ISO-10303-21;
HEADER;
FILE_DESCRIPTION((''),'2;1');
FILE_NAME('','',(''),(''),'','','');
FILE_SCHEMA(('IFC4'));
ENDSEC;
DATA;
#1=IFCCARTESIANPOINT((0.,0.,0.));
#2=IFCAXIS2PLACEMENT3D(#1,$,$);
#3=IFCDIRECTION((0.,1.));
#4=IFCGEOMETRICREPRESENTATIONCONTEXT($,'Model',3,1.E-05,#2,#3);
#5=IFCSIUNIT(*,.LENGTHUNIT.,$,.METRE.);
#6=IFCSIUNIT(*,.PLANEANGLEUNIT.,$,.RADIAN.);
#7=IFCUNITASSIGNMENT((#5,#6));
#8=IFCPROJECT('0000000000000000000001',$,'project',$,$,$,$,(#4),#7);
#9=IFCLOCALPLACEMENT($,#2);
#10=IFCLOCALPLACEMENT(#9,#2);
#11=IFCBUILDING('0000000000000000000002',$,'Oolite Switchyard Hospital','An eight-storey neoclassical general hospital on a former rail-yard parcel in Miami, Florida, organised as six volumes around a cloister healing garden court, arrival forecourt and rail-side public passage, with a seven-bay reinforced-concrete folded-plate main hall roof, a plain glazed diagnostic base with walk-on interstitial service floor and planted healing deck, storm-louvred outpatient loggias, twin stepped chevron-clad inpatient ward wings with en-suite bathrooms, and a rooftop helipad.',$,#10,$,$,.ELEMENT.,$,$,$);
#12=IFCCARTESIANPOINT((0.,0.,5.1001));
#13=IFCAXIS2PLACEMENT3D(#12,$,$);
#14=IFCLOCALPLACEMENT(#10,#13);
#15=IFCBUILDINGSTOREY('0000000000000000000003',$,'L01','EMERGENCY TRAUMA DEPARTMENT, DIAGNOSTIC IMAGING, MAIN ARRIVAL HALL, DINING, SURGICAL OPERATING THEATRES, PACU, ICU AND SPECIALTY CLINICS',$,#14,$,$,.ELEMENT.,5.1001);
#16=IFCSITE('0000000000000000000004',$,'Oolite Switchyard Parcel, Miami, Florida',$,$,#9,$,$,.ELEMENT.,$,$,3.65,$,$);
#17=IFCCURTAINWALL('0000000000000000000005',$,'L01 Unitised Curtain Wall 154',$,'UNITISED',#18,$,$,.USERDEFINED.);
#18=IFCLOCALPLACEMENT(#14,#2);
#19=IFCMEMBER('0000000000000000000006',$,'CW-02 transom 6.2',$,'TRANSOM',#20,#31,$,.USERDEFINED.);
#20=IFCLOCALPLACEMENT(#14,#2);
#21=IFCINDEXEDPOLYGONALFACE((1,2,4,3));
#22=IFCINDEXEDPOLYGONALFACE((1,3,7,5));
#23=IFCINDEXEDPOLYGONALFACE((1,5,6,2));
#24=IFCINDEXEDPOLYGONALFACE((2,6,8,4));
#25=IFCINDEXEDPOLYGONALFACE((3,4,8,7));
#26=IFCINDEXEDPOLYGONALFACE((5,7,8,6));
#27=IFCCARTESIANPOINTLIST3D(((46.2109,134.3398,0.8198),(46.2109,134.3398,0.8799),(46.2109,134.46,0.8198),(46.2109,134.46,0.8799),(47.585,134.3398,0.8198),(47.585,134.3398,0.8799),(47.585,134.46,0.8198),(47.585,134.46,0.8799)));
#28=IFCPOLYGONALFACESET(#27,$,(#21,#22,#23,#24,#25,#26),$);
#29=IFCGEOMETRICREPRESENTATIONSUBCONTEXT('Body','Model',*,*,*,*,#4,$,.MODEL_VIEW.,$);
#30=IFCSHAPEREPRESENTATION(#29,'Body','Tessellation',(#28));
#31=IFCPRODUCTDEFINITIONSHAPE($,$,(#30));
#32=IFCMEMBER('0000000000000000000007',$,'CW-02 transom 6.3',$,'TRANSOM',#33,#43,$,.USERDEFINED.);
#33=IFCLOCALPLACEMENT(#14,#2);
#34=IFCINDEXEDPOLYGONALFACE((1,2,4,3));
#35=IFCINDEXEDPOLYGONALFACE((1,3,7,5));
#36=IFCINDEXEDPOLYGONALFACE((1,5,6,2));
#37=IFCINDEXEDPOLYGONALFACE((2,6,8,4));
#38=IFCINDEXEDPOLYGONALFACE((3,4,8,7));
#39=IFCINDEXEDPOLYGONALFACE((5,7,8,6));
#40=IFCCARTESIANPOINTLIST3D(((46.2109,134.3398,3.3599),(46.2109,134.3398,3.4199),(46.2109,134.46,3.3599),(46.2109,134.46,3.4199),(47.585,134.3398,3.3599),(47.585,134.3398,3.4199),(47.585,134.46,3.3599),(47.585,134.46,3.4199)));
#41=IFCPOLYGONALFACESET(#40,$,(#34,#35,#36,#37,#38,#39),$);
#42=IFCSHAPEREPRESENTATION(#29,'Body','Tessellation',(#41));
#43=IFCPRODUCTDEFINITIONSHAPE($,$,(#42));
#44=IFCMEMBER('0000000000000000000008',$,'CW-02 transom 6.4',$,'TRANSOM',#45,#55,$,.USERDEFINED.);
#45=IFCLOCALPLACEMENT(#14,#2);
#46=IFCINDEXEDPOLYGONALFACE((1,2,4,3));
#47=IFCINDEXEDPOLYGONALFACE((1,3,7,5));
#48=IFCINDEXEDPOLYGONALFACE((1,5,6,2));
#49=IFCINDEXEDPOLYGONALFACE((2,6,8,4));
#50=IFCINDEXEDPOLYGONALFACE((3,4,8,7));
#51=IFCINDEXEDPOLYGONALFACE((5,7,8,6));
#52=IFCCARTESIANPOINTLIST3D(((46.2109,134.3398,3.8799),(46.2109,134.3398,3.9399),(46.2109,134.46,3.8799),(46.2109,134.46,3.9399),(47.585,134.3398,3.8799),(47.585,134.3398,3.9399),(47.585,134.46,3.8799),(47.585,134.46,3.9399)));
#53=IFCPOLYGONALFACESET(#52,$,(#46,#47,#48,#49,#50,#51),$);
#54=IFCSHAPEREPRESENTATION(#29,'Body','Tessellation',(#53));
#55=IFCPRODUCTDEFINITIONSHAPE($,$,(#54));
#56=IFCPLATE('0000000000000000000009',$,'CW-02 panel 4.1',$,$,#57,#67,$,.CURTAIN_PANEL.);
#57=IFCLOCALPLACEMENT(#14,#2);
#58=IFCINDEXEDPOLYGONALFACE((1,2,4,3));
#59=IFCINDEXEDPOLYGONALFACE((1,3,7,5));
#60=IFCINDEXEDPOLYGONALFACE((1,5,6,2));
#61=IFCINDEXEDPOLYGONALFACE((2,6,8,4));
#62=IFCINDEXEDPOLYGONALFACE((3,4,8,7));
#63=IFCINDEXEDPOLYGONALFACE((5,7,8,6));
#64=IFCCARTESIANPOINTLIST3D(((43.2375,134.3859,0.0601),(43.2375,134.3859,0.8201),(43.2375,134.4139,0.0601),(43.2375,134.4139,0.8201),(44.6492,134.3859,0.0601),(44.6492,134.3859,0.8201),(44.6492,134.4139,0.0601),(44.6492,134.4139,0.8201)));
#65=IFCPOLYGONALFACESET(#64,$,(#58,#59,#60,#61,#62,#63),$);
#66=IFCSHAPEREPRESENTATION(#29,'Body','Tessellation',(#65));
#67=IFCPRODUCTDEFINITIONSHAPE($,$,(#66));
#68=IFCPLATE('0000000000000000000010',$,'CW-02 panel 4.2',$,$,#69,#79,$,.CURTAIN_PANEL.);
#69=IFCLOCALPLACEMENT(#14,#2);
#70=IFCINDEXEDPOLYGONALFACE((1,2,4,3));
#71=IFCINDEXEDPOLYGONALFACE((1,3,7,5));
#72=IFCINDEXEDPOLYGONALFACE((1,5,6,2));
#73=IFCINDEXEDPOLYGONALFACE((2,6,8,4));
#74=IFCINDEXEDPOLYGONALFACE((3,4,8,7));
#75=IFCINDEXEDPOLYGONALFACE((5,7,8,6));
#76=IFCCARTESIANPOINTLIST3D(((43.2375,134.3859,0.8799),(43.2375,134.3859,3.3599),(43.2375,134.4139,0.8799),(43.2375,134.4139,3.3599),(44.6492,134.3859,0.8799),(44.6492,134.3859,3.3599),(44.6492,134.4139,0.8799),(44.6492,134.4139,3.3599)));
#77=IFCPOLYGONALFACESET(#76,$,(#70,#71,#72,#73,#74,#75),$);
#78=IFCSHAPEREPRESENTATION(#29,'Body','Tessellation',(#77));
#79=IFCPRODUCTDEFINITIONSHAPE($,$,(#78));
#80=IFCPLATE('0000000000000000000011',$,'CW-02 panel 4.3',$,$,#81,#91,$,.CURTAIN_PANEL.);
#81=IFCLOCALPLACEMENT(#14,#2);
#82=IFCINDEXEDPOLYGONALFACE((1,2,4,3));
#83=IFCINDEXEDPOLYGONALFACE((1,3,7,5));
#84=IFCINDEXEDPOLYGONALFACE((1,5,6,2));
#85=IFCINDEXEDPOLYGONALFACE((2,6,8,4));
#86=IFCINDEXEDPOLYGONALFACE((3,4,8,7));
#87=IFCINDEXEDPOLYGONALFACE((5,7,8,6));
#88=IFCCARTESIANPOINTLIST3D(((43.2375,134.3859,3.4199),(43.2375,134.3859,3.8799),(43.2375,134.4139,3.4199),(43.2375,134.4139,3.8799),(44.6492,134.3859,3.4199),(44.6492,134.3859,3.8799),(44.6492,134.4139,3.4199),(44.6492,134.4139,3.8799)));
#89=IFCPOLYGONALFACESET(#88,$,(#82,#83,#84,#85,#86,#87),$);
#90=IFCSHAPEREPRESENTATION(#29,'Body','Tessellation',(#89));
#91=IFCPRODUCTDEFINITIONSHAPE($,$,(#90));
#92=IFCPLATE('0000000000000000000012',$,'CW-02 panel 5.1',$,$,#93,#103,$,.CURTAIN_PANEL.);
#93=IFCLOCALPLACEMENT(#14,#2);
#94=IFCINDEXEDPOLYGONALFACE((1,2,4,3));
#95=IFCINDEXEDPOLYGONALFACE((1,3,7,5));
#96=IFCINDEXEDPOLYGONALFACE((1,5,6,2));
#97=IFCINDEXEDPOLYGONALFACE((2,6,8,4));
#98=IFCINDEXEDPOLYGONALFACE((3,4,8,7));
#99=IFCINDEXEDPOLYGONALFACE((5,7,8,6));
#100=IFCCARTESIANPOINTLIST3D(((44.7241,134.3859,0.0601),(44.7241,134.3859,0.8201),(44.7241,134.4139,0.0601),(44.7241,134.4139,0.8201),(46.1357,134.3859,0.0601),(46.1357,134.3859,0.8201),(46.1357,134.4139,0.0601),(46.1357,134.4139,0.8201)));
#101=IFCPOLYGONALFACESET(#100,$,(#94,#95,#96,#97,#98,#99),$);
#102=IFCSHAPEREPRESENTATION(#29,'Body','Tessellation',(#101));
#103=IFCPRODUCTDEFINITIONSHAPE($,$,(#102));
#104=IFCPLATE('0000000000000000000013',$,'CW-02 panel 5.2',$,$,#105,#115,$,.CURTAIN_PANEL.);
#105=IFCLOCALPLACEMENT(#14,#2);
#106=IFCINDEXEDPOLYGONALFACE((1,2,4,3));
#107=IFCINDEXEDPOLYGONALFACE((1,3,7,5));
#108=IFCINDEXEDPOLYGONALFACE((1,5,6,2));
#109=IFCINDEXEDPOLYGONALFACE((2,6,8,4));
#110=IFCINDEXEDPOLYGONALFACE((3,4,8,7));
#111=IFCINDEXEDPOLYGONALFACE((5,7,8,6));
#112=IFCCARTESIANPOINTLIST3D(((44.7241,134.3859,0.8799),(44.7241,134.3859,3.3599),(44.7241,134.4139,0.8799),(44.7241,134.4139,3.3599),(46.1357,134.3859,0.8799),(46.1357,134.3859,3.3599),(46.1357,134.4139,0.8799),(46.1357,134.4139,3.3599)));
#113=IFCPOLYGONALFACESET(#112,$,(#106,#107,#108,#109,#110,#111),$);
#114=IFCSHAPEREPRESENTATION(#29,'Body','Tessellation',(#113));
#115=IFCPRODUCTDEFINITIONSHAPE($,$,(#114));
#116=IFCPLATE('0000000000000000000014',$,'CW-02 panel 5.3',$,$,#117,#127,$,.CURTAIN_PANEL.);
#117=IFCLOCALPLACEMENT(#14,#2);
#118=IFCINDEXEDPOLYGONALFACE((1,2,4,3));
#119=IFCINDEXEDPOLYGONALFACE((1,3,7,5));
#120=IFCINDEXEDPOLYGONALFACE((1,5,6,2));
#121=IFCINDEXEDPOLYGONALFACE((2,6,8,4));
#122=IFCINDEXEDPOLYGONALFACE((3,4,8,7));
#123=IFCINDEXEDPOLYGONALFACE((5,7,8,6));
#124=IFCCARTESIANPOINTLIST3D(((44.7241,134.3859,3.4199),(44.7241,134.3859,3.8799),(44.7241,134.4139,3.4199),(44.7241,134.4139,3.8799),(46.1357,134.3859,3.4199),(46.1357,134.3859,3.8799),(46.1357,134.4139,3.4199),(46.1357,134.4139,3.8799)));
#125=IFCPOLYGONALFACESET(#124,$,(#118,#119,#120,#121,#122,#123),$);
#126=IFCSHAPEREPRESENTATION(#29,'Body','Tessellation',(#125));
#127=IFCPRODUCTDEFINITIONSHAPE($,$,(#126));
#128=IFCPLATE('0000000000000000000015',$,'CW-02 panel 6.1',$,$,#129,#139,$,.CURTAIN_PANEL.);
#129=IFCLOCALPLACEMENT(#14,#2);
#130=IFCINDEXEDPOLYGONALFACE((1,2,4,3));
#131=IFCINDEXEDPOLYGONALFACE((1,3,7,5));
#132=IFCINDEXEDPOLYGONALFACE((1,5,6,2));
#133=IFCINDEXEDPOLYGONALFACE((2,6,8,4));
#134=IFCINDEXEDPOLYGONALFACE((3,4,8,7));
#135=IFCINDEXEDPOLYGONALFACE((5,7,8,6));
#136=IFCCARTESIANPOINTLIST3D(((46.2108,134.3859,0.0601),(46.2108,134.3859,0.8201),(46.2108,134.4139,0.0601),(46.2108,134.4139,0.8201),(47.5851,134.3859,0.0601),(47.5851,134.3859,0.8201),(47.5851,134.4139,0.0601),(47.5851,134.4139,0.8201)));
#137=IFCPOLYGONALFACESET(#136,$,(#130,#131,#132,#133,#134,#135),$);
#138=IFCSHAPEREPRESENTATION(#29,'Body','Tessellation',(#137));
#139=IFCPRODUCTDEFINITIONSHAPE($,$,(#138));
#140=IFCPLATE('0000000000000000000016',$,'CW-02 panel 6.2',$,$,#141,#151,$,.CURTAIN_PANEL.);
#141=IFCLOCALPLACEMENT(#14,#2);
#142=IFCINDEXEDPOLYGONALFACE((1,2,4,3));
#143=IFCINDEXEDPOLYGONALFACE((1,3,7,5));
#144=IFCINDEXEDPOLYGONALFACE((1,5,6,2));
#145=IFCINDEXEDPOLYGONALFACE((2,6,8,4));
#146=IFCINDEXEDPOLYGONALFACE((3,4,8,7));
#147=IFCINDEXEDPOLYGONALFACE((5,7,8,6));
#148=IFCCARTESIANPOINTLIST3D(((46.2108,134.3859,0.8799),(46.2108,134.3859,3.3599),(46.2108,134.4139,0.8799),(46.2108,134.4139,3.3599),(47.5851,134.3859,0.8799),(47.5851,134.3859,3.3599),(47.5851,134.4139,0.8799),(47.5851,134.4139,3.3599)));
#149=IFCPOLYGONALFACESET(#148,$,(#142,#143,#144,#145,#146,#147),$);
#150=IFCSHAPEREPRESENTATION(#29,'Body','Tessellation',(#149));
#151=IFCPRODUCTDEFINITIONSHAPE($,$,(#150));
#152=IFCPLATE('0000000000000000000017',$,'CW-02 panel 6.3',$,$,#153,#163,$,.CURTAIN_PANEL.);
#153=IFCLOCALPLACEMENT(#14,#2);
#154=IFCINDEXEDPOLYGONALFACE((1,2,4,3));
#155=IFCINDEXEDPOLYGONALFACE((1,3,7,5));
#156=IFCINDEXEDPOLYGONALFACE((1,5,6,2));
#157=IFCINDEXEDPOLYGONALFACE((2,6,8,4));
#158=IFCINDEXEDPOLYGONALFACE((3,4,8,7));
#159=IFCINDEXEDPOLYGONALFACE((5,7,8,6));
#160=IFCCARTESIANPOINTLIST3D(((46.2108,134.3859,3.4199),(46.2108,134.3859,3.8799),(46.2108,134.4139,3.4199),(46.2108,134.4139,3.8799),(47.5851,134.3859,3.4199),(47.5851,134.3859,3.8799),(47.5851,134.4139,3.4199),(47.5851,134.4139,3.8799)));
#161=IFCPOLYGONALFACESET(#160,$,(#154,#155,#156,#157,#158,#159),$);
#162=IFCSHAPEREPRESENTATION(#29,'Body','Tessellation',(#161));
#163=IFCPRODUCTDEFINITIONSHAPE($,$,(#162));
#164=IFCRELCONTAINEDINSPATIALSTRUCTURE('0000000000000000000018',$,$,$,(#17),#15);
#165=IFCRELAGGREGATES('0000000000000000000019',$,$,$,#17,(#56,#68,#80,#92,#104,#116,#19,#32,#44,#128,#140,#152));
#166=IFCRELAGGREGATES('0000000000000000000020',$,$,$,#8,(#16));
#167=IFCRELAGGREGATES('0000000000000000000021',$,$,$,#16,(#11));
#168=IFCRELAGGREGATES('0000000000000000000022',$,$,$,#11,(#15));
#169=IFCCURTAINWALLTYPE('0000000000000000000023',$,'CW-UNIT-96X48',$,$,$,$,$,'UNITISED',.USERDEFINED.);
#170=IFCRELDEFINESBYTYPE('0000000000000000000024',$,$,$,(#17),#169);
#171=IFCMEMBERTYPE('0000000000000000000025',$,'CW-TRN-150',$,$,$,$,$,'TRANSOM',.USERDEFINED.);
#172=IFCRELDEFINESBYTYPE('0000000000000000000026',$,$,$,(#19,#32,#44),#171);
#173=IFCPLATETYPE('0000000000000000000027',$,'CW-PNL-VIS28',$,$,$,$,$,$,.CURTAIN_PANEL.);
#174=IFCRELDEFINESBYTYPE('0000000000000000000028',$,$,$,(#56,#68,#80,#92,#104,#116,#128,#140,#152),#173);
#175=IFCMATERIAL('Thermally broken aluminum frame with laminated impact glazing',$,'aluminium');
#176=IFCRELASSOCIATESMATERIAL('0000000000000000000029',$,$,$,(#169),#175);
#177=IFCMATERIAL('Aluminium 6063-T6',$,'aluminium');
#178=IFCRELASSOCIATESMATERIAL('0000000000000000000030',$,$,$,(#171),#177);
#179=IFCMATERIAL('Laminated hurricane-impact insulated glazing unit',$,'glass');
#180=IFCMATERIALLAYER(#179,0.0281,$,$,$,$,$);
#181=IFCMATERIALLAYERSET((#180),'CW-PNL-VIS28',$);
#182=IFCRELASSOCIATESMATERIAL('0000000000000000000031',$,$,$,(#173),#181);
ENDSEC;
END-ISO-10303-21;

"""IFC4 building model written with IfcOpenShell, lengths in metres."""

from ifc_helpers import new_model, si_unit, direction, frame, origin, origin_2d, place, context, subcontext, project, spatial, rectangle, extrude, material, layer, layer_set, material_profile, profile_set, type_object, element, aggregate, save


model = new_model("IFC4")

# Units and contexts
model_context = context("Model", 3, precision=1e-05, world=origin(), true_north=direction((0.0, 1.0)))
body_context = subcontext(model_context, "Body", "Model", "MODEL_VIEW")
ifc_project = project(units=[si_unit("LENGTHUNIT", "METRE"), si_unit("PLANEANGLEUNIT", "RADIAN")], contexts=[model_context])

# Site, building, storey
site_placement = place(None, origin())
site = spatial("IfcSite", under=ifc_project, at=site_placement, Name="Oolite Switchyard Parcel, Miami, Florida", CompositionType="ELEMENT", RefElevation=3.65)
building_placement = place(site_placement, origin())
building = spatial("IfcBuilding", under=site, at=building_placement, Name="Oolite Switchyard Hospital", Description="An eight-storey neoclassical general hospital on a former rail-yard parcel in Miami, Florida, organised as six volumes around a cloister healing garden court, arrival forecourt and rail-side public passage, with a seven-bay reinforced-concrete folded-plate main hall roof, a plain glazed diagnostic base with walk-on interstitial service floor and planted healing deck, storm-louvred outpatient loggias, twin stepped chevron-clad inpatient ward wings with en-suite bathrooms, and a rooftop helipad.", CompositionType="ELEMENT")
storey_placement = place(building_placement, frame((0.0, 0.0, 5.1001)))
storey = spatial("IfcBuildingStorey", under=building, at=storey_placement, Name="L01", Description="EMERGENCY TRAUMA DEPARTMENT, DIAGNOSTIC IMAGING, MAIN ARRIVAL HALL, DINING, SURGICAL OPERATING THEATRES, PACU, ICU AND SPECIALTY CLINICS", CompositionType="ELEMENT", Elevation=5.1001)

# Shared definitions
ifc_material_1 = material(Name="Thermally broken aluminum frame with laminated impact glazing", Category="aluminium")
curtain_wall_type = type_object("IfcCurtainWallType", Name="CW-UNIT-96X48", ElementType="UNITISED", PredefinedType="USERDEFINED", material=ifc_material_1)
ifc_material_2 = material(Name="Aluminium 6063-T6", Category="aluminium")

# Curtain wall, members, plates
curtain_wall_1_placement = place(storey_placement, origin())
curtain_wall_1 = element("IfcCurtainWall", 1, at=curtain_wall_1_placement, inside=storey, type_object=curtain_wall_type, Name="L01 Unitised Curtain Wall 154", ObjectType="UNITISED", PredefinedType="USERDEFINED")
ifc_material_profile_1 = material_profile(ifc_material_2, rectangle(XDim=0.1201, YDim=0.0601, at=origin_2d()), Name="CWT60X120")
ifc_profile_set_1 = profile_set([ifc_material_profile_1], Name="Aluminium 6063-T6")
member_type_1 = type_object("IfcMemberType", Name="CW-TRN-150", ElementType="TRANSOM", PredefinedType="USERDEFINED", material=ifc_profile_set_1)
member_1_placement = place(storey_placement, frame((46.2109, 134.3999, 0.8499), z_axis=(1.0, 0.0, 0.0), x_axis=(0.0, 1.0, 0.0)))
member_1 = element("IfcMember", 2, at=member_1_placement, type_object=member_type_1, Name="CW-02 transom 6.2", ObjectType="TRANSOM", PredefinedType="USERDEFINED", context=body_context, shape_type="SweptSolid", body=[
    extrude(rectangle(XDim=0.1201, YDim=0.0601, at=origin_2d()), origin(), (0.0, 0.0, 1.0), 1.374),
])
member_2_placement = place(storey_placement, frame((46.2109, 134.3999, 3.3899), z_axis=(1.0, 0.0, 0.0), x_axis=(0.0, 1.0, 0.0)))
member_2 = element("IfcMember", 3, at=member_2_placement, type_object=member_type_1, Name="CW-02 transom 6.3", ObjectType="TRANSOM", PredefinedType="USERDEFINED", context=body_context, shape_type="SweptSolid", body=[
    extrude(rectangle(XDim=0.1201, YDim=0.0601, at=origin_2d()), origin(), (0.0, 0.0, 1.0), 1.374),
])
member_3_placement = place(storey_placement, frame((46.2109, 134.3999, 3.9099), z_axis=(1.0, 0.0, 0.0), x_axis=(0.0, 1.0, 0.0)))
member_3 = element("IfcMember", 4, at=member_3_placement, type_object=member_type_1, Name="CW-02 transom 6.4", ObjectType="TRANSOM", PredefinedType="USERDEFINED", context=body_context, shape_type="SweptSolid", body=[
    extrude(rectangle(XDim=0.1201, YDim=0.0601, at=origin_2d()), origin(), (0.0, 0.0, 1.0), 1.374),
])
ifc_material_3 = material(Name="Laminated hurricane-impact insulated glazing unit", Category="glass")
ifc_layer = layer(ifc_material_3, 0.0281)
ifc_layer_set = layer_set([ifc_layer], Name="CW-PNL-VIS28")
plate_type = type_object("IfcPlateType", Name="CW-PNL-VIS28", PredefinedType="CURTAIN_PANEL", material=ifc_layer_set)
plate_1_placement = place(storey_placement, frame((43.9434, 134.3999, 0.0601), z_axis=(0.0, 0.0, 1.0), x_axis=(1.0, 0.0, 0.0)))
plate_1 = element("IfcPlate", 5, at=plate_1_placement, type_object=plate_type, Name="CW-02 panel 4.1", PredefinedType="CURTAIN_PANEL", context=body_context, shape_type="SweptSolid", body=[
    extrude(rectangle(XDim=1.4116, YDim=0.0281, at=origin_2d()), origin(), (0.0, 0.0, 1.0), 0.76),
])
plate_2_placement = place(storey_placement, frame((43.9434, 134.3999, 0.8799), z_axis=(0.0, 0.0, 1.0), x_axis=(1.0, 0.0, 0.0)))
plate_2 = element("IfcPlate", 6, at=plate_2_placement, type_object=plate_type, Name="CW-02 panel 4.2", PredefinedType="CURTAIN_PANEL", context=body_context, shape_type="SweptSolid", body=[
    extrude(rectangle(XDim=1.4116, YDim=0.0281, at=origin_2d()), origin(), (0.0, 0.0, 1.0), 2.48),
])
plate_3_placement = place(storey_placement, frame((43.9434, 134.3999, 3.4199), z_axis=(0.0, 0.0, 1.0), x_axis=(1.0, 0.0, 0.0)))
plate_3 = element("IfcPlate", 7, at=plate_3_placement, type_object=plate_type, Name="CW-02 panel 4.3", PredefinedType="CURTAIN_PANEL", context=body_context, shape_type="SweptSolid", body=[
    extrude(rectangle(XDim=1.4116, YDim=0.0281, at=origin_2d()), origin(), (0.0, 0.0, 1.0), 0.46),
])
plate_4_placement = place(storey_placement, frame((45.4299, 134.3999, 0.0601), z_axis=(0.0, 0.0, 1.0), x_axis=(1.0, 0.0, 0.0)))
plate_4 = element("IfcPlate", 8, at=plate_4_placement, type_object=plate_type, Name="CW-02 panel 5.1", PredefinedType="CURTAIN_PANEL", context=body_context, shape_type="SweptSolid", body=[
    extrude(rectangle(XDim=1.4116, YDim=0.0281, at=origin_2d()), origin(), (0.0, 0.0, 1.0), 0.76),
])
plate_5_placement = place(storey_placement, frame((45.4299, 134.3999, 0.8799), z_axis=(0.0, 0.0, 1.0), x_axis=(1.0, 0.0, 0.0)))
plate_5 = element("IfcPlate", 9, at=plate_5_placement, type_object=plate_type, Name="CW-02 panel 5.2", PredefinedType="CURTAIN_PANEL", context=body_context, shape_type="SweptSolid", body=[
    extrude(rectangle(XDim=1.4116, YDim=0.0281, at=origin_2d()), origin(), (0.0, 0.0, 1.0), 2.48),
])
plate_6_placement = place(storey_placement, frame((45.4299, 134.3999, 3.4199), z_axis=(0.0, 0.0, 1.0), x_axis=(1.0, 0.0, 0.0)))
plate_6 = element("IfcPlate", 10, at=plate_6_placement, type_object=plate_type, Name="CW-02 panel 5.3", PredefinedType="CURTAIN_PANEL", context=body_context, shape_type="SweptSolid", body=[
    extrude(rectangle(XDim=1.4116, YDim=0.0281, at=origin_2d()), origin(), (0.0, 0.0, 1.0), 0.46),
])
plate_7_placement = place(storey_placement, frame((46.8979, 134.3999, 0.0601), z_axis=(0.0, 0.0, 1.0), x_axis=(1.0, 0.0, 0.0)))
plate_7 = element("IfcPlate", 11, at=plate_7_placement, type_object=plate_type, Name="CW-02 panel 6.1", PredefinedType="CURTAIN_PANEL", context=body_context, shape_type="SweptSolid", body=[
    extrude(rectangle(XDim=1.3743, YDim=0.0281, at=origin_2d()), origin(), (0.0, 0.0, 1.0), 0.76),
])
plate_8_placement = place(storey_placement, frame((46.8979, 134.3999, 0.8799), z_axis=(0.0, 0.0, 1.0), x_axis=(1.0, 0.0, 0.0)))
plate_8 = element("IfcPlate", 12, at=plate_8_placement, type_object=plate_type, Name="CW-02 panel 6.2", PredefinedType="CURTAIN_PANEL", context=body_context, shape_type="SweptSolid", body=[
    extrude(rectangle(XDim=1.3743, YDim=0.0281, at=origin_2d()), origin(), (0.0, 0.0, 1.0), 2.48),
])
plate_9_placement = place(storey_placement, frame((46.8979, 134.3999, 3.4199), z_axis=(0.0, 0.0, 1.0), x_axis=(1.0, 0.0, 0.0)))
plate_9 = element("IfcPlate", 13, at=plate_9_placement, type_object=plate_type, Name="CW-02 panel 6.3", PredefinedType="CURTAIN_PANEL", context=body_context, shape_type="SweptSolid", body=[
    extrude(rectangle(XDim=1.3743, YDim=0.0281, at=origin_2d()), origin(), (0.0, 0.0, 1.0), 0.46),
])
aggregate(curtain_wall_1, [plate_1, plate_2, plate_3, plate_4, plate_5, plate_6, member_1, member_2, member_3, plate_7, plate_8, plate_9])

save(model, "model.ifc")
